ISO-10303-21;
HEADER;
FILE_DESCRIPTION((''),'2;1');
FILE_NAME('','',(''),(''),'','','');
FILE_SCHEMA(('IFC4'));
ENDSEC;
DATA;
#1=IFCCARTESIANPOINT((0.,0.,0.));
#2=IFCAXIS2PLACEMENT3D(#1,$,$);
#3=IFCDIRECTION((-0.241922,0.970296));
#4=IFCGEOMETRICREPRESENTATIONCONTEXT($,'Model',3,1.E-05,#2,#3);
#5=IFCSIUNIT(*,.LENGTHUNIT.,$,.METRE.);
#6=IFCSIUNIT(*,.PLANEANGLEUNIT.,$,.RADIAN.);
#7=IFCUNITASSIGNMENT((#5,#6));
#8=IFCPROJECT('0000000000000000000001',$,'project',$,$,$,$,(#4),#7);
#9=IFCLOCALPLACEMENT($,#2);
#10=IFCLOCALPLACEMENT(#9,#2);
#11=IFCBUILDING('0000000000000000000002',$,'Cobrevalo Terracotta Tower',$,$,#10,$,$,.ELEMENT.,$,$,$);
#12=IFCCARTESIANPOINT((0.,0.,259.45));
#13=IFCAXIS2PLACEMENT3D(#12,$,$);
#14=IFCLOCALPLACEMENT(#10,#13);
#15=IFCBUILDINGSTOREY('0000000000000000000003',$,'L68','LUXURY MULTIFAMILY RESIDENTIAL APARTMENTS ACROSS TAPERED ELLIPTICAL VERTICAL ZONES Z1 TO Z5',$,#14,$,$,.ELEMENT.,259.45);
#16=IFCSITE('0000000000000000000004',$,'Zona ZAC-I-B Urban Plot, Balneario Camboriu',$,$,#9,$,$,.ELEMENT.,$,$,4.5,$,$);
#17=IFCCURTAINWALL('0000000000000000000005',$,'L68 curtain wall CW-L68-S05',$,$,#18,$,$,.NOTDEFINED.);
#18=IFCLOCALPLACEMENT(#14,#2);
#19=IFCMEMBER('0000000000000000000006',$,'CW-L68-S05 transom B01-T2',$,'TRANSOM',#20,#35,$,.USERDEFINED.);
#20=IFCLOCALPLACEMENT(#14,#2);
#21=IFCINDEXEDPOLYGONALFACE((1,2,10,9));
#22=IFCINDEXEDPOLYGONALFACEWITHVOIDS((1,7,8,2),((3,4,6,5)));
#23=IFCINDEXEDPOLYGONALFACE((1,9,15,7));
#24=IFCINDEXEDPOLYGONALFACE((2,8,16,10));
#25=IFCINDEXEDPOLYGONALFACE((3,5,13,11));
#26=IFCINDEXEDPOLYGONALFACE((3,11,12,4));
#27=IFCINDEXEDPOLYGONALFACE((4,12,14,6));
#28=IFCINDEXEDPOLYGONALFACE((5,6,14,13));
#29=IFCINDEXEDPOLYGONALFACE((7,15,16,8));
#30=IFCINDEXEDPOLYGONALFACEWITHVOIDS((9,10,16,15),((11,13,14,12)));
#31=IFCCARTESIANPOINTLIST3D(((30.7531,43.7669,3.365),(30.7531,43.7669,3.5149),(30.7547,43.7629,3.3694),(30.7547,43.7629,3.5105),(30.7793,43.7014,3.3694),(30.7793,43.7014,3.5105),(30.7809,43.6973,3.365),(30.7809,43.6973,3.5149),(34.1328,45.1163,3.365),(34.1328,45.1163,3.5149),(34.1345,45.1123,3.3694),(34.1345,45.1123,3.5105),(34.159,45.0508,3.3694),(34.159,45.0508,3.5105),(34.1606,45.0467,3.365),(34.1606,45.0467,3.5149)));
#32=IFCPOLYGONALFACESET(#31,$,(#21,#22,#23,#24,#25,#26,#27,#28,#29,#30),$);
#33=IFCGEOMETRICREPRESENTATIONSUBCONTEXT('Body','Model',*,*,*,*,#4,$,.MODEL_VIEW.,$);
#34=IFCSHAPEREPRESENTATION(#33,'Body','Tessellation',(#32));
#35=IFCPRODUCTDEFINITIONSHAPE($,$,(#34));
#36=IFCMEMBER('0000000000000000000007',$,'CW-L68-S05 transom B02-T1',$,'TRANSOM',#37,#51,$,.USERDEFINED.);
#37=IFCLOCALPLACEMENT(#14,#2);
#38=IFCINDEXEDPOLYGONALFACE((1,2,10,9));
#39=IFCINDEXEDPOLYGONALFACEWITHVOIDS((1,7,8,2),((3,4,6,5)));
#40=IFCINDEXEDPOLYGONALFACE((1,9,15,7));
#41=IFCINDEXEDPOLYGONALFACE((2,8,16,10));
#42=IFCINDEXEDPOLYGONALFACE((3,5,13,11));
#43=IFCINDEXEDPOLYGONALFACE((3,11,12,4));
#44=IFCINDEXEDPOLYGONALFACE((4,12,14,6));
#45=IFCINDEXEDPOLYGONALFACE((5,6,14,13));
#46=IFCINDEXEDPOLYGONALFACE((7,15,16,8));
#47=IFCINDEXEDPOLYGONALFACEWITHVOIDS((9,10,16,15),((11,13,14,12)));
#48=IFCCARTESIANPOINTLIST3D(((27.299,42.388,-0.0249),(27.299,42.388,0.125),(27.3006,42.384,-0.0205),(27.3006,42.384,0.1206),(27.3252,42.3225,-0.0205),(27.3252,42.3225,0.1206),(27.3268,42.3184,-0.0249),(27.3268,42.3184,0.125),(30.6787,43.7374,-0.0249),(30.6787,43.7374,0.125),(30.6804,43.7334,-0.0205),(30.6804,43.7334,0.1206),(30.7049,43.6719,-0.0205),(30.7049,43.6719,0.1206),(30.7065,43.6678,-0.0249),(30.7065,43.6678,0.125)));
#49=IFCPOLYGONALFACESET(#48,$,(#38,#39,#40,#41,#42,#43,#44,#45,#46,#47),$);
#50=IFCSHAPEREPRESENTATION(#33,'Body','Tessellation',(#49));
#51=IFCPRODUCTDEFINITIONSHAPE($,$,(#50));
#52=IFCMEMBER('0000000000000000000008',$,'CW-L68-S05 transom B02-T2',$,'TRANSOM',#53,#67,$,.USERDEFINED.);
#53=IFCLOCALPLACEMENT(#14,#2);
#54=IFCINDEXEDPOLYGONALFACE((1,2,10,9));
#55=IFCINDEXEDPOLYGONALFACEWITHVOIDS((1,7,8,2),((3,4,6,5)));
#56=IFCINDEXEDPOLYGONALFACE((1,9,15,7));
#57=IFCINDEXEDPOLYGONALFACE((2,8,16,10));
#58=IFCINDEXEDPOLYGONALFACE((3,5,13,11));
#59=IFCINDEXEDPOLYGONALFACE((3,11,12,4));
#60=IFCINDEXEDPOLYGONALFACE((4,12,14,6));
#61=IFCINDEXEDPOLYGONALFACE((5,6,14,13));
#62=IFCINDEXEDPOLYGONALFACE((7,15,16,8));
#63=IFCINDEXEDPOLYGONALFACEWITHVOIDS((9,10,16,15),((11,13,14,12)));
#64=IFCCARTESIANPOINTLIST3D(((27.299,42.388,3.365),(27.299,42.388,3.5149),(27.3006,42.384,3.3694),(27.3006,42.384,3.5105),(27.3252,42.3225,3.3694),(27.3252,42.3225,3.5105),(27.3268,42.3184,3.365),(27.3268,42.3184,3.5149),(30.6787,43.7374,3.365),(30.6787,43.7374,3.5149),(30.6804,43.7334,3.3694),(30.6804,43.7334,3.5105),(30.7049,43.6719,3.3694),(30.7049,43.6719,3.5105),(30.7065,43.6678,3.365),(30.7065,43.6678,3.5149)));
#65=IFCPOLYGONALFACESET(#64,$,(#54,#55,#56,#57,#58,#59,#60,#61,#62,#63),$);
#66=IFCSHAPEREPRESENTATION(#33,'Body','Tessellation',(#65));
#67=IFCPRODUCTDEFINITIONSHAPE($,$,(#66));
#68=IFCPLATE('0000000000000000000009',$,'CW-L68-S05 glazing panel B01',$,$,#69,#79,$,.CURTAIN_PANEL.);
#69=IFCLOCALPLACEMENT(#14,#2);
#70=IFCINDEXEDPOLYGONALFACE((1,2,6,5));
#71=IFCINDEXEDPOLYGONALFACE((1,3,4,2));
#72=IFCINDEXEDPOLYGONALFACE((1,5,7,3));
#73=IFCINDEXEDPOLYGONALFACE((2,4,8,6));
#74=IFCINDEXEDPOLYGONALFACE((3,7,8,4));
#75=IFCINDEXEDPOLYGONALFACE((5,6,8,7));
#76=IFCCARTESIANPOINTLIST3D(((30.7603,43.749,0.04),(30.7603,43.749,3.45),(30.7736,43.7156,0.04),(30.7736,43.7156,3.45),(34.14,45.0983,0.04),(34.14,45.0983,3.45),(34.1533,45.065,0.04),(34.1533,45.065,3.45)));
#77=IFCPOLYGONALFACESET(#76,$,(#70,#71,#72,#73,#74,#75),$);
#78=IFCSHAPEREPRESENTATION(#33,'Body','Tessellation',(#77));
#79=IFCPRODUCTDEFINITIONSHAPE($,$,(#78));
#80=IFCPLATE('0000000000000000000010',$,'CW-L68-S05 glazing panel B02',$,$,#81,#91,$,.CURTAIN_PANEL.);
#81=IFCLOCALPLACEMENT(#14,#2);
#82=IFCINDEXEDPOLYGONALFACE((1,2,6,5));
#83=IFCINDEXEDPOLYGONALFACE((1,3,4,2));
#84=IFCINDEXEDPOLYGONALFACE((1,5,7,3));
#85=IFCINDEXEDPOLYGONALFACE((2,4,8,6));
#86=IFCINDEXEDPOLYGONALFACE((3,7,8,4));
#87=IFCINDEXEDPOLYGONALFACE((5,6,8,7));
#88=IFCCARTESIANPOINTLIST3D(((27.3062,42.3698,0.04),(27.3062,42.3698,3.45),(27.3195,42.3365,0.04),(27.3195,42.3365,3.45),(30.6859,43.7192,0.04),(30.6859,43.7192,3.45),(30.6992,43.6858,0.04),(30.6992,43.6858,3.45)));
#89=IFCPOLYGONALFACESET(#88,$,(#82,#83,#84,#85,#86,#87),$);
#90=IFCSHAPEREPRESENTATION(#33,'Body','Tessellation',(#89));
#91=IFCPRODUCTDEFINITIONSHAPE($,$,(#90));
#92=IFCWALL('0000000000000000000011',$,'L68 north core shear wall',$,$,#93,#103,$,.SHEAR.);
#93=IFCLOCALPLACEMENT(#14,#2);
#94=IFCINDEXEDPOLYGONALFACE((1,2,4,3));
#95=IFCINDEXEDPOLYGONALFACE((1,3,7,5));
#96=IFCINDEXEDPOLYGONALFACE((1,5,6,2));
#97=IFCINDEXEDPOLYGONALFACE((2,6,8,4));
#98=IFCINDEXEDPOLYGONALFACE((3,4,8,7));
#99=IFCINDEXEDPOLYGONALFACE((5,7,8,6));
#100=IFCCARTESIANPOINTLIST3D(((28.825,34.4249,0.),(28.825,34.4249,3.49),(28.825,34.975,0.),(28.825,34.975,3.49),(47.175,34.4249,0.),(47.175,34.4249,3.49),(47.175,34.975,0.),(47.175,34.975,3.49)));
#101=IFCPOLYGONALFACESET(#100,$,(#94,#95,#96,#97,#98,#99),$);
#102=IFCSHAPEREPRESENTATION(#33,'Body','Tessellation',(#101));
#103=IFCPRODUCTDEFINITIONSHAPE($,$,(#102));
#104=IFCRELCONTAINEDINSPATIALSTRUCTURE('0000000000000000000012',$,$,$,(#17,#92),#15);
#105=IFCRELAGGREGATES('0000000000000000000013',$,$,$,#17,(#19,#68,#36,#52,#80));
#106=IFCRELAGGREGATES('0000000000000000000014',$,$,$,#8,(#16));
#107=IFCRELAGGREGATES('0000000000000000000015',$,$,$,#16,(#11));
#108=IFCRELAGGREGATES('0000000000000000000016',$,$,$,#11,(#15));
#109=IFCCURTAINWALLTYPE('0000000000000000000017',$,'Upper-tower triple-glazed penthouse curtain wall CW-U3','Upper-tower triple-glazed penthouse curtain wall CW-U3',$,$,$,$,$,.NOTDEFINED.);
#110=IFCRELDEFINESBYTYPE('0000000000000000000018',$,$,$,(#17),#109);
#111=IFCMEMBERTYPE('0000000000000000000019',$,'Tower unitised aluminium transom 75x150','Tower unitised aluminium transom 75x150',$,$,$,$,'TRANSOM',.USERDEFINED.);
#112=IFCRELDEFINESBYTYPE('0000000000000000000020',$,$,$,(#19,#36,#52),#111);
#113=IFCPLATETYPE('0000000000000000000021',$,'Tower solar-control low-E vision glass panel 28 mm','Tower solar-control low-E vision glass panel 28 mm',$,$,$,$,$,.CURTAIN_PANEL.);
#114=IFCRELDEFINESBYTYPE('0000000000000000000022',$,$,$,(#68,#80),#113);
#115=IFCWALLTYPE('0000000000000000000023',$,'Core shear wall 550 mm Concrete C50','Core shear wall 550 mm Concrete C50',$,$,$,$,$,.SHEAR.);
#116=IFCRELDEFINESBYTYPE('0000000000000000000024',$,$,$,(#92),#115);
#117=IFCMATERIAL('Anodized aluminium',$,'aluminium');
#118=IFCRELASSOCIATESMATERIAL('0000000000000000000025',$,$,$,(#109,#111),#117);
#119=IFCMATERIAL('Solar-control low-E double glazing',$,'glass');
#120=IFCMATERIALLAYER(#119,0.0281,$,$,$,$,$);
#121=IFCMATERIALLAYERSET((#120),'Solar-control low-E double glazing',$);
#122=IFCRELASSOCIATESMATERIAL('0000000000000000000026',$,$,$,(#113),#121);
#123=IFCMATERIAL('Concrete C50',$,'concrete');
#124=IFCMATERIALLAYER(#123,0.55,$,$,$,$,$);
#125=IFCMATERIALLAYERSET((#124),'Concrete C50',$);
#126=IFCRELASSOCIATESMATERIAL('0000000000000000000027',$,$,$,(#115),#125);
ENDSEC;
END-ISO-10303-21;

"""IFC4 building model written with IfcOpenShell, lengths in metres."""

from ifc_helpers import new_model, si_unit, direction, frame, frame_2d, origin, origin_2d, place, context, subcontext, project, spatial, rectangle, hollow_rectangle, extrude, source, transform, mapped, material, layer, layer_set, material_profile, profile_set, type_object, element, aggregate, save


model = new_model("IFC4")

# Units and contexts
model_context = context("Model", 3, precision=1e-05, world=origin(), true_north=direction((-0.241922, 0.970296)))
body_context = subcontext(model_context, "Body", "Model", "MODEL_VIEW")
ifc_project = project(units=[si_unit("LENGTHUNIT", "METRE"), si_unit("PLANEANGLEUNIT", "RADIAN")], contexts=[model_context])

# Site, building, storey
site_placement = place(None, origin())
site = spatial("IfcSite", under=ifc_project, at=site_placement, Name="Zona ZAC-I-B Urban Plot, Balneario Camboriu", CompositionType="ELEMENT", RefElevation=4.5)
building_placement = place(site_placement, origin())
building = spatial("IfcBuilding", under=site, at=building_placement, Name="Cobrevalo Terracotta Tower", CompositionType="ELEMENT")
storey_placement = place(building_placement, frame((0.0, 0.0, 259.45)))
storey = spatial("IfcBuildingStorey", under=building, at=storey_placement, Name="L68", Description="LUXURY MULTIFAMILY RESIDENTIAL APARTMENTS ACROSS TAPERED ELLIPTICAL VERTICAL ZONES Z1 TO Z5", CompositionType="ELEMENT", Elevation=259.45)

# Shared definitions
ifc_material_1 = material(Name="Concrete C50", Category="concrete")

# Curtain wall
ifc_material_2 = material(Name="Anodized aluminium", Category="aluminium")
curtain_wall_type = type_object("IfcCurtainWallType", Name="Upper-tower triple-glazed penthouse curtain wall CW-U3", Description="Upper-tower triple-glazed penthouse curtain wall CW-U3", PredefinedType="NOTDEFINED", material=ifc_material_2)
curtain_wall_1_placement = place(storey_placement, origin())
curtain_wall_1 = element("IfcCurtainWall", 1, at=curtain_wall_1_placement, inside=storey, type_object=curtain_wall_type, Name="L68 curtain wall CW-L68-S05", PredefinedType="NOTDEFINED")

# Members
ifc_material_profile_1 = material_profile(ifc_material_2, hollow_rectangle(XDim=0.075, YDim=0.1499, WallThickness=0.0044, at=origin_2d()), Name="CWT 75x150")
ifc_profile_set_1 = profile_set([ifc_material_profile_1], Name="Anodized aluminium")
member_type_1 = type_object("IfcMemberType", Name="Tower unitised aluminium transom 75x150", Description="Tower unitised aluminium transom 75x150", ElementType="TRANSOM", PredefinedType="USERDEFINED", material=ifc_profile_set_1)
shared_shape_1 = source(origin(), body_context, "Body", "SweptSolid", [
    extrude(hollow_rectangle(XDim=0.075, YDim=0.1499, WallThickness=0.0044, at=origin_2d()), origin(), (0.0, 0.0, 1.0), 3.6392),
])
member_1_placement = place(storey_placement, frame((34.1467, 45.0815, 3.4399), z_axis=(-0.928712, -0.370801, 0.0), x_axis=(0.370801, -0.928712, 0.0)))
member_1 = element("IfcMember", 2, at=member_1_placement, type_object=member_type_1, Name="CW-L68-S05 transom B01-T2", ObjectType="TRANSOM", PredefinedType="USERDEFINED", context=body_context, shape_type="MappedRepresentation", body=[
    mapped(shared_shape_1, transform((0.0, 0.0, 0.0), scale=1.0)),
])
member_2_placement = place(storey_placement, frame((30.6926, 43.7026, 0.05), z_axis=(-0.928712, -0.370801, 0.0), x_axis=(0.370801, -0.928712, 0.0)))
member_2 = element("IfcMember", 3, at=member_2_placement, type_object=member_type_1, Name="CW-L68-S05 transom B02-T1", ObjectType="TRANSOM", PredefinedType="USERDEFINED", context=body_context, shape_type="MappedRepresentation", body=[
    mapped(shared_shape_1, transform((0.0, 0.0, 0.0), scale=1.0)),
])
member_3_placement = place(storey_placement, frame((30.6926, 43.7026, 3.4399), z_axis=(-0.928712, -0.370801, 0.0), x_axis=(0.370801, -0.928712, 0.0)))
member_3 = element("IfcMember", 4, at=member_3_placement, type_object=member_type_1, Name="CW-L68-S05 transom B02-T2", ObjectType="TRANSOM", PredefinedType="USERDEFINED", context=body_context, shape_type="MappedRepresentation", body=[
    mapped(shared_shape_1, transform((0.0, 0.0, 0.0), scale=1.0)),
])

# Plates
ifc_material_3 = material(Name="Solar-control low-E double glazing", Category="glass")
ifc_layer_1 = layer(ifc_material_3, 0.0281)
ifc_layer_set_1 = layer_set([ifc_layer_1], Name="Solar-control low-E double glazing")
plate_type = type_object("IfcPlateType", Name="Tower solar-control low-E vision glass panel 28 mm", Description="Tower solar-control low-E vision glass panel 28 mm", PredefinedType="CURTAIN_PANEL", material=ifc_layer_set_1)
shared_shape_2 = source(origin(), body_context, "Body", "SweptSolid", [
    extrude(rectangle(XDim=3.6392, YDim=0.0359, at=origin_2d()), origin(), (0.0, 0.0, 1.0), 3.4099),
])
plate_1_placement = place(storey_placement, frame((32.4568, 44.407, 0.04), z_axis=(0.0, 0.0, 1.0), x_axis=(-0.928718, -0.370786, 0.0)))
plate_1 = element("IfcPlate", 5, at=plate_1_placement, type_object=plate_type, Name="CW-L68-S05 glazing panel B01", PredefinedType="CURTAIN_PANEL", context=body_context, shape_type="MappedRepresentation", body=[
    mapped(shared_shape_2, transform((0.0, 0.0, 0.0), scale=1.0)),
])
plate_2_placement = place(storey_placement, frame((29.0027, 43.0278, 0.04), z_axis=(0.0, 0.0, 1.0), x_axis=(-0.928718, -0.370786, 0.0)))
plate_2 = element("IfcPlate", 6, at=plate_2_placement, type_object=plate_type, Name="CW-L68-S05 glazing panel B02", PredefinedType="CURTAIN_PANEL", context=body_context, shape_type="MappedRepresentation", body=[
    mapped(shared_shape_2, transform((0.0, 0.0, 0.0), scale=1.0)),
])
aggregate(curtain_wall_1, [member_1, plate_1, member_2, member_3, plate_2])

# Wall
ifc_layer_2 = layer(ifc_material_1, 0.55)
ifc_layer_set_2 = layer_set([ifc_layer_2], Name="Concrete C50")
wall_type_1 = type_object("IfcWallType", Name="Core shear wall 550 mm Concrete C50", Description="Core shear wall 550 mm Concrete C50", PredefinedType="SHEAR", material=ifc_layer_set_2)
wall_1_placement = place(storey_placement, frame((28.825, 34.7, 0.0), z_axis=(0.0, 0.0, 1.0), x_axis=(1.0, 0.0, 0.0)))
element("IfcWall", 7, at=wall_1_placement, inside=storey, type_object=wall_type_1, Name="L68 north core shear wall", PredefinedType="SHEAR", context=body_context, shape_type="SweptSolid", body=[
    extrude(rectangle(XDim=18.3501, YDim=0.55, at=frame_2d((9.175, 0.0))), origin(), (0.0, 0.0, 1.0), 3.49),
])

save(model, "model.ifc")
